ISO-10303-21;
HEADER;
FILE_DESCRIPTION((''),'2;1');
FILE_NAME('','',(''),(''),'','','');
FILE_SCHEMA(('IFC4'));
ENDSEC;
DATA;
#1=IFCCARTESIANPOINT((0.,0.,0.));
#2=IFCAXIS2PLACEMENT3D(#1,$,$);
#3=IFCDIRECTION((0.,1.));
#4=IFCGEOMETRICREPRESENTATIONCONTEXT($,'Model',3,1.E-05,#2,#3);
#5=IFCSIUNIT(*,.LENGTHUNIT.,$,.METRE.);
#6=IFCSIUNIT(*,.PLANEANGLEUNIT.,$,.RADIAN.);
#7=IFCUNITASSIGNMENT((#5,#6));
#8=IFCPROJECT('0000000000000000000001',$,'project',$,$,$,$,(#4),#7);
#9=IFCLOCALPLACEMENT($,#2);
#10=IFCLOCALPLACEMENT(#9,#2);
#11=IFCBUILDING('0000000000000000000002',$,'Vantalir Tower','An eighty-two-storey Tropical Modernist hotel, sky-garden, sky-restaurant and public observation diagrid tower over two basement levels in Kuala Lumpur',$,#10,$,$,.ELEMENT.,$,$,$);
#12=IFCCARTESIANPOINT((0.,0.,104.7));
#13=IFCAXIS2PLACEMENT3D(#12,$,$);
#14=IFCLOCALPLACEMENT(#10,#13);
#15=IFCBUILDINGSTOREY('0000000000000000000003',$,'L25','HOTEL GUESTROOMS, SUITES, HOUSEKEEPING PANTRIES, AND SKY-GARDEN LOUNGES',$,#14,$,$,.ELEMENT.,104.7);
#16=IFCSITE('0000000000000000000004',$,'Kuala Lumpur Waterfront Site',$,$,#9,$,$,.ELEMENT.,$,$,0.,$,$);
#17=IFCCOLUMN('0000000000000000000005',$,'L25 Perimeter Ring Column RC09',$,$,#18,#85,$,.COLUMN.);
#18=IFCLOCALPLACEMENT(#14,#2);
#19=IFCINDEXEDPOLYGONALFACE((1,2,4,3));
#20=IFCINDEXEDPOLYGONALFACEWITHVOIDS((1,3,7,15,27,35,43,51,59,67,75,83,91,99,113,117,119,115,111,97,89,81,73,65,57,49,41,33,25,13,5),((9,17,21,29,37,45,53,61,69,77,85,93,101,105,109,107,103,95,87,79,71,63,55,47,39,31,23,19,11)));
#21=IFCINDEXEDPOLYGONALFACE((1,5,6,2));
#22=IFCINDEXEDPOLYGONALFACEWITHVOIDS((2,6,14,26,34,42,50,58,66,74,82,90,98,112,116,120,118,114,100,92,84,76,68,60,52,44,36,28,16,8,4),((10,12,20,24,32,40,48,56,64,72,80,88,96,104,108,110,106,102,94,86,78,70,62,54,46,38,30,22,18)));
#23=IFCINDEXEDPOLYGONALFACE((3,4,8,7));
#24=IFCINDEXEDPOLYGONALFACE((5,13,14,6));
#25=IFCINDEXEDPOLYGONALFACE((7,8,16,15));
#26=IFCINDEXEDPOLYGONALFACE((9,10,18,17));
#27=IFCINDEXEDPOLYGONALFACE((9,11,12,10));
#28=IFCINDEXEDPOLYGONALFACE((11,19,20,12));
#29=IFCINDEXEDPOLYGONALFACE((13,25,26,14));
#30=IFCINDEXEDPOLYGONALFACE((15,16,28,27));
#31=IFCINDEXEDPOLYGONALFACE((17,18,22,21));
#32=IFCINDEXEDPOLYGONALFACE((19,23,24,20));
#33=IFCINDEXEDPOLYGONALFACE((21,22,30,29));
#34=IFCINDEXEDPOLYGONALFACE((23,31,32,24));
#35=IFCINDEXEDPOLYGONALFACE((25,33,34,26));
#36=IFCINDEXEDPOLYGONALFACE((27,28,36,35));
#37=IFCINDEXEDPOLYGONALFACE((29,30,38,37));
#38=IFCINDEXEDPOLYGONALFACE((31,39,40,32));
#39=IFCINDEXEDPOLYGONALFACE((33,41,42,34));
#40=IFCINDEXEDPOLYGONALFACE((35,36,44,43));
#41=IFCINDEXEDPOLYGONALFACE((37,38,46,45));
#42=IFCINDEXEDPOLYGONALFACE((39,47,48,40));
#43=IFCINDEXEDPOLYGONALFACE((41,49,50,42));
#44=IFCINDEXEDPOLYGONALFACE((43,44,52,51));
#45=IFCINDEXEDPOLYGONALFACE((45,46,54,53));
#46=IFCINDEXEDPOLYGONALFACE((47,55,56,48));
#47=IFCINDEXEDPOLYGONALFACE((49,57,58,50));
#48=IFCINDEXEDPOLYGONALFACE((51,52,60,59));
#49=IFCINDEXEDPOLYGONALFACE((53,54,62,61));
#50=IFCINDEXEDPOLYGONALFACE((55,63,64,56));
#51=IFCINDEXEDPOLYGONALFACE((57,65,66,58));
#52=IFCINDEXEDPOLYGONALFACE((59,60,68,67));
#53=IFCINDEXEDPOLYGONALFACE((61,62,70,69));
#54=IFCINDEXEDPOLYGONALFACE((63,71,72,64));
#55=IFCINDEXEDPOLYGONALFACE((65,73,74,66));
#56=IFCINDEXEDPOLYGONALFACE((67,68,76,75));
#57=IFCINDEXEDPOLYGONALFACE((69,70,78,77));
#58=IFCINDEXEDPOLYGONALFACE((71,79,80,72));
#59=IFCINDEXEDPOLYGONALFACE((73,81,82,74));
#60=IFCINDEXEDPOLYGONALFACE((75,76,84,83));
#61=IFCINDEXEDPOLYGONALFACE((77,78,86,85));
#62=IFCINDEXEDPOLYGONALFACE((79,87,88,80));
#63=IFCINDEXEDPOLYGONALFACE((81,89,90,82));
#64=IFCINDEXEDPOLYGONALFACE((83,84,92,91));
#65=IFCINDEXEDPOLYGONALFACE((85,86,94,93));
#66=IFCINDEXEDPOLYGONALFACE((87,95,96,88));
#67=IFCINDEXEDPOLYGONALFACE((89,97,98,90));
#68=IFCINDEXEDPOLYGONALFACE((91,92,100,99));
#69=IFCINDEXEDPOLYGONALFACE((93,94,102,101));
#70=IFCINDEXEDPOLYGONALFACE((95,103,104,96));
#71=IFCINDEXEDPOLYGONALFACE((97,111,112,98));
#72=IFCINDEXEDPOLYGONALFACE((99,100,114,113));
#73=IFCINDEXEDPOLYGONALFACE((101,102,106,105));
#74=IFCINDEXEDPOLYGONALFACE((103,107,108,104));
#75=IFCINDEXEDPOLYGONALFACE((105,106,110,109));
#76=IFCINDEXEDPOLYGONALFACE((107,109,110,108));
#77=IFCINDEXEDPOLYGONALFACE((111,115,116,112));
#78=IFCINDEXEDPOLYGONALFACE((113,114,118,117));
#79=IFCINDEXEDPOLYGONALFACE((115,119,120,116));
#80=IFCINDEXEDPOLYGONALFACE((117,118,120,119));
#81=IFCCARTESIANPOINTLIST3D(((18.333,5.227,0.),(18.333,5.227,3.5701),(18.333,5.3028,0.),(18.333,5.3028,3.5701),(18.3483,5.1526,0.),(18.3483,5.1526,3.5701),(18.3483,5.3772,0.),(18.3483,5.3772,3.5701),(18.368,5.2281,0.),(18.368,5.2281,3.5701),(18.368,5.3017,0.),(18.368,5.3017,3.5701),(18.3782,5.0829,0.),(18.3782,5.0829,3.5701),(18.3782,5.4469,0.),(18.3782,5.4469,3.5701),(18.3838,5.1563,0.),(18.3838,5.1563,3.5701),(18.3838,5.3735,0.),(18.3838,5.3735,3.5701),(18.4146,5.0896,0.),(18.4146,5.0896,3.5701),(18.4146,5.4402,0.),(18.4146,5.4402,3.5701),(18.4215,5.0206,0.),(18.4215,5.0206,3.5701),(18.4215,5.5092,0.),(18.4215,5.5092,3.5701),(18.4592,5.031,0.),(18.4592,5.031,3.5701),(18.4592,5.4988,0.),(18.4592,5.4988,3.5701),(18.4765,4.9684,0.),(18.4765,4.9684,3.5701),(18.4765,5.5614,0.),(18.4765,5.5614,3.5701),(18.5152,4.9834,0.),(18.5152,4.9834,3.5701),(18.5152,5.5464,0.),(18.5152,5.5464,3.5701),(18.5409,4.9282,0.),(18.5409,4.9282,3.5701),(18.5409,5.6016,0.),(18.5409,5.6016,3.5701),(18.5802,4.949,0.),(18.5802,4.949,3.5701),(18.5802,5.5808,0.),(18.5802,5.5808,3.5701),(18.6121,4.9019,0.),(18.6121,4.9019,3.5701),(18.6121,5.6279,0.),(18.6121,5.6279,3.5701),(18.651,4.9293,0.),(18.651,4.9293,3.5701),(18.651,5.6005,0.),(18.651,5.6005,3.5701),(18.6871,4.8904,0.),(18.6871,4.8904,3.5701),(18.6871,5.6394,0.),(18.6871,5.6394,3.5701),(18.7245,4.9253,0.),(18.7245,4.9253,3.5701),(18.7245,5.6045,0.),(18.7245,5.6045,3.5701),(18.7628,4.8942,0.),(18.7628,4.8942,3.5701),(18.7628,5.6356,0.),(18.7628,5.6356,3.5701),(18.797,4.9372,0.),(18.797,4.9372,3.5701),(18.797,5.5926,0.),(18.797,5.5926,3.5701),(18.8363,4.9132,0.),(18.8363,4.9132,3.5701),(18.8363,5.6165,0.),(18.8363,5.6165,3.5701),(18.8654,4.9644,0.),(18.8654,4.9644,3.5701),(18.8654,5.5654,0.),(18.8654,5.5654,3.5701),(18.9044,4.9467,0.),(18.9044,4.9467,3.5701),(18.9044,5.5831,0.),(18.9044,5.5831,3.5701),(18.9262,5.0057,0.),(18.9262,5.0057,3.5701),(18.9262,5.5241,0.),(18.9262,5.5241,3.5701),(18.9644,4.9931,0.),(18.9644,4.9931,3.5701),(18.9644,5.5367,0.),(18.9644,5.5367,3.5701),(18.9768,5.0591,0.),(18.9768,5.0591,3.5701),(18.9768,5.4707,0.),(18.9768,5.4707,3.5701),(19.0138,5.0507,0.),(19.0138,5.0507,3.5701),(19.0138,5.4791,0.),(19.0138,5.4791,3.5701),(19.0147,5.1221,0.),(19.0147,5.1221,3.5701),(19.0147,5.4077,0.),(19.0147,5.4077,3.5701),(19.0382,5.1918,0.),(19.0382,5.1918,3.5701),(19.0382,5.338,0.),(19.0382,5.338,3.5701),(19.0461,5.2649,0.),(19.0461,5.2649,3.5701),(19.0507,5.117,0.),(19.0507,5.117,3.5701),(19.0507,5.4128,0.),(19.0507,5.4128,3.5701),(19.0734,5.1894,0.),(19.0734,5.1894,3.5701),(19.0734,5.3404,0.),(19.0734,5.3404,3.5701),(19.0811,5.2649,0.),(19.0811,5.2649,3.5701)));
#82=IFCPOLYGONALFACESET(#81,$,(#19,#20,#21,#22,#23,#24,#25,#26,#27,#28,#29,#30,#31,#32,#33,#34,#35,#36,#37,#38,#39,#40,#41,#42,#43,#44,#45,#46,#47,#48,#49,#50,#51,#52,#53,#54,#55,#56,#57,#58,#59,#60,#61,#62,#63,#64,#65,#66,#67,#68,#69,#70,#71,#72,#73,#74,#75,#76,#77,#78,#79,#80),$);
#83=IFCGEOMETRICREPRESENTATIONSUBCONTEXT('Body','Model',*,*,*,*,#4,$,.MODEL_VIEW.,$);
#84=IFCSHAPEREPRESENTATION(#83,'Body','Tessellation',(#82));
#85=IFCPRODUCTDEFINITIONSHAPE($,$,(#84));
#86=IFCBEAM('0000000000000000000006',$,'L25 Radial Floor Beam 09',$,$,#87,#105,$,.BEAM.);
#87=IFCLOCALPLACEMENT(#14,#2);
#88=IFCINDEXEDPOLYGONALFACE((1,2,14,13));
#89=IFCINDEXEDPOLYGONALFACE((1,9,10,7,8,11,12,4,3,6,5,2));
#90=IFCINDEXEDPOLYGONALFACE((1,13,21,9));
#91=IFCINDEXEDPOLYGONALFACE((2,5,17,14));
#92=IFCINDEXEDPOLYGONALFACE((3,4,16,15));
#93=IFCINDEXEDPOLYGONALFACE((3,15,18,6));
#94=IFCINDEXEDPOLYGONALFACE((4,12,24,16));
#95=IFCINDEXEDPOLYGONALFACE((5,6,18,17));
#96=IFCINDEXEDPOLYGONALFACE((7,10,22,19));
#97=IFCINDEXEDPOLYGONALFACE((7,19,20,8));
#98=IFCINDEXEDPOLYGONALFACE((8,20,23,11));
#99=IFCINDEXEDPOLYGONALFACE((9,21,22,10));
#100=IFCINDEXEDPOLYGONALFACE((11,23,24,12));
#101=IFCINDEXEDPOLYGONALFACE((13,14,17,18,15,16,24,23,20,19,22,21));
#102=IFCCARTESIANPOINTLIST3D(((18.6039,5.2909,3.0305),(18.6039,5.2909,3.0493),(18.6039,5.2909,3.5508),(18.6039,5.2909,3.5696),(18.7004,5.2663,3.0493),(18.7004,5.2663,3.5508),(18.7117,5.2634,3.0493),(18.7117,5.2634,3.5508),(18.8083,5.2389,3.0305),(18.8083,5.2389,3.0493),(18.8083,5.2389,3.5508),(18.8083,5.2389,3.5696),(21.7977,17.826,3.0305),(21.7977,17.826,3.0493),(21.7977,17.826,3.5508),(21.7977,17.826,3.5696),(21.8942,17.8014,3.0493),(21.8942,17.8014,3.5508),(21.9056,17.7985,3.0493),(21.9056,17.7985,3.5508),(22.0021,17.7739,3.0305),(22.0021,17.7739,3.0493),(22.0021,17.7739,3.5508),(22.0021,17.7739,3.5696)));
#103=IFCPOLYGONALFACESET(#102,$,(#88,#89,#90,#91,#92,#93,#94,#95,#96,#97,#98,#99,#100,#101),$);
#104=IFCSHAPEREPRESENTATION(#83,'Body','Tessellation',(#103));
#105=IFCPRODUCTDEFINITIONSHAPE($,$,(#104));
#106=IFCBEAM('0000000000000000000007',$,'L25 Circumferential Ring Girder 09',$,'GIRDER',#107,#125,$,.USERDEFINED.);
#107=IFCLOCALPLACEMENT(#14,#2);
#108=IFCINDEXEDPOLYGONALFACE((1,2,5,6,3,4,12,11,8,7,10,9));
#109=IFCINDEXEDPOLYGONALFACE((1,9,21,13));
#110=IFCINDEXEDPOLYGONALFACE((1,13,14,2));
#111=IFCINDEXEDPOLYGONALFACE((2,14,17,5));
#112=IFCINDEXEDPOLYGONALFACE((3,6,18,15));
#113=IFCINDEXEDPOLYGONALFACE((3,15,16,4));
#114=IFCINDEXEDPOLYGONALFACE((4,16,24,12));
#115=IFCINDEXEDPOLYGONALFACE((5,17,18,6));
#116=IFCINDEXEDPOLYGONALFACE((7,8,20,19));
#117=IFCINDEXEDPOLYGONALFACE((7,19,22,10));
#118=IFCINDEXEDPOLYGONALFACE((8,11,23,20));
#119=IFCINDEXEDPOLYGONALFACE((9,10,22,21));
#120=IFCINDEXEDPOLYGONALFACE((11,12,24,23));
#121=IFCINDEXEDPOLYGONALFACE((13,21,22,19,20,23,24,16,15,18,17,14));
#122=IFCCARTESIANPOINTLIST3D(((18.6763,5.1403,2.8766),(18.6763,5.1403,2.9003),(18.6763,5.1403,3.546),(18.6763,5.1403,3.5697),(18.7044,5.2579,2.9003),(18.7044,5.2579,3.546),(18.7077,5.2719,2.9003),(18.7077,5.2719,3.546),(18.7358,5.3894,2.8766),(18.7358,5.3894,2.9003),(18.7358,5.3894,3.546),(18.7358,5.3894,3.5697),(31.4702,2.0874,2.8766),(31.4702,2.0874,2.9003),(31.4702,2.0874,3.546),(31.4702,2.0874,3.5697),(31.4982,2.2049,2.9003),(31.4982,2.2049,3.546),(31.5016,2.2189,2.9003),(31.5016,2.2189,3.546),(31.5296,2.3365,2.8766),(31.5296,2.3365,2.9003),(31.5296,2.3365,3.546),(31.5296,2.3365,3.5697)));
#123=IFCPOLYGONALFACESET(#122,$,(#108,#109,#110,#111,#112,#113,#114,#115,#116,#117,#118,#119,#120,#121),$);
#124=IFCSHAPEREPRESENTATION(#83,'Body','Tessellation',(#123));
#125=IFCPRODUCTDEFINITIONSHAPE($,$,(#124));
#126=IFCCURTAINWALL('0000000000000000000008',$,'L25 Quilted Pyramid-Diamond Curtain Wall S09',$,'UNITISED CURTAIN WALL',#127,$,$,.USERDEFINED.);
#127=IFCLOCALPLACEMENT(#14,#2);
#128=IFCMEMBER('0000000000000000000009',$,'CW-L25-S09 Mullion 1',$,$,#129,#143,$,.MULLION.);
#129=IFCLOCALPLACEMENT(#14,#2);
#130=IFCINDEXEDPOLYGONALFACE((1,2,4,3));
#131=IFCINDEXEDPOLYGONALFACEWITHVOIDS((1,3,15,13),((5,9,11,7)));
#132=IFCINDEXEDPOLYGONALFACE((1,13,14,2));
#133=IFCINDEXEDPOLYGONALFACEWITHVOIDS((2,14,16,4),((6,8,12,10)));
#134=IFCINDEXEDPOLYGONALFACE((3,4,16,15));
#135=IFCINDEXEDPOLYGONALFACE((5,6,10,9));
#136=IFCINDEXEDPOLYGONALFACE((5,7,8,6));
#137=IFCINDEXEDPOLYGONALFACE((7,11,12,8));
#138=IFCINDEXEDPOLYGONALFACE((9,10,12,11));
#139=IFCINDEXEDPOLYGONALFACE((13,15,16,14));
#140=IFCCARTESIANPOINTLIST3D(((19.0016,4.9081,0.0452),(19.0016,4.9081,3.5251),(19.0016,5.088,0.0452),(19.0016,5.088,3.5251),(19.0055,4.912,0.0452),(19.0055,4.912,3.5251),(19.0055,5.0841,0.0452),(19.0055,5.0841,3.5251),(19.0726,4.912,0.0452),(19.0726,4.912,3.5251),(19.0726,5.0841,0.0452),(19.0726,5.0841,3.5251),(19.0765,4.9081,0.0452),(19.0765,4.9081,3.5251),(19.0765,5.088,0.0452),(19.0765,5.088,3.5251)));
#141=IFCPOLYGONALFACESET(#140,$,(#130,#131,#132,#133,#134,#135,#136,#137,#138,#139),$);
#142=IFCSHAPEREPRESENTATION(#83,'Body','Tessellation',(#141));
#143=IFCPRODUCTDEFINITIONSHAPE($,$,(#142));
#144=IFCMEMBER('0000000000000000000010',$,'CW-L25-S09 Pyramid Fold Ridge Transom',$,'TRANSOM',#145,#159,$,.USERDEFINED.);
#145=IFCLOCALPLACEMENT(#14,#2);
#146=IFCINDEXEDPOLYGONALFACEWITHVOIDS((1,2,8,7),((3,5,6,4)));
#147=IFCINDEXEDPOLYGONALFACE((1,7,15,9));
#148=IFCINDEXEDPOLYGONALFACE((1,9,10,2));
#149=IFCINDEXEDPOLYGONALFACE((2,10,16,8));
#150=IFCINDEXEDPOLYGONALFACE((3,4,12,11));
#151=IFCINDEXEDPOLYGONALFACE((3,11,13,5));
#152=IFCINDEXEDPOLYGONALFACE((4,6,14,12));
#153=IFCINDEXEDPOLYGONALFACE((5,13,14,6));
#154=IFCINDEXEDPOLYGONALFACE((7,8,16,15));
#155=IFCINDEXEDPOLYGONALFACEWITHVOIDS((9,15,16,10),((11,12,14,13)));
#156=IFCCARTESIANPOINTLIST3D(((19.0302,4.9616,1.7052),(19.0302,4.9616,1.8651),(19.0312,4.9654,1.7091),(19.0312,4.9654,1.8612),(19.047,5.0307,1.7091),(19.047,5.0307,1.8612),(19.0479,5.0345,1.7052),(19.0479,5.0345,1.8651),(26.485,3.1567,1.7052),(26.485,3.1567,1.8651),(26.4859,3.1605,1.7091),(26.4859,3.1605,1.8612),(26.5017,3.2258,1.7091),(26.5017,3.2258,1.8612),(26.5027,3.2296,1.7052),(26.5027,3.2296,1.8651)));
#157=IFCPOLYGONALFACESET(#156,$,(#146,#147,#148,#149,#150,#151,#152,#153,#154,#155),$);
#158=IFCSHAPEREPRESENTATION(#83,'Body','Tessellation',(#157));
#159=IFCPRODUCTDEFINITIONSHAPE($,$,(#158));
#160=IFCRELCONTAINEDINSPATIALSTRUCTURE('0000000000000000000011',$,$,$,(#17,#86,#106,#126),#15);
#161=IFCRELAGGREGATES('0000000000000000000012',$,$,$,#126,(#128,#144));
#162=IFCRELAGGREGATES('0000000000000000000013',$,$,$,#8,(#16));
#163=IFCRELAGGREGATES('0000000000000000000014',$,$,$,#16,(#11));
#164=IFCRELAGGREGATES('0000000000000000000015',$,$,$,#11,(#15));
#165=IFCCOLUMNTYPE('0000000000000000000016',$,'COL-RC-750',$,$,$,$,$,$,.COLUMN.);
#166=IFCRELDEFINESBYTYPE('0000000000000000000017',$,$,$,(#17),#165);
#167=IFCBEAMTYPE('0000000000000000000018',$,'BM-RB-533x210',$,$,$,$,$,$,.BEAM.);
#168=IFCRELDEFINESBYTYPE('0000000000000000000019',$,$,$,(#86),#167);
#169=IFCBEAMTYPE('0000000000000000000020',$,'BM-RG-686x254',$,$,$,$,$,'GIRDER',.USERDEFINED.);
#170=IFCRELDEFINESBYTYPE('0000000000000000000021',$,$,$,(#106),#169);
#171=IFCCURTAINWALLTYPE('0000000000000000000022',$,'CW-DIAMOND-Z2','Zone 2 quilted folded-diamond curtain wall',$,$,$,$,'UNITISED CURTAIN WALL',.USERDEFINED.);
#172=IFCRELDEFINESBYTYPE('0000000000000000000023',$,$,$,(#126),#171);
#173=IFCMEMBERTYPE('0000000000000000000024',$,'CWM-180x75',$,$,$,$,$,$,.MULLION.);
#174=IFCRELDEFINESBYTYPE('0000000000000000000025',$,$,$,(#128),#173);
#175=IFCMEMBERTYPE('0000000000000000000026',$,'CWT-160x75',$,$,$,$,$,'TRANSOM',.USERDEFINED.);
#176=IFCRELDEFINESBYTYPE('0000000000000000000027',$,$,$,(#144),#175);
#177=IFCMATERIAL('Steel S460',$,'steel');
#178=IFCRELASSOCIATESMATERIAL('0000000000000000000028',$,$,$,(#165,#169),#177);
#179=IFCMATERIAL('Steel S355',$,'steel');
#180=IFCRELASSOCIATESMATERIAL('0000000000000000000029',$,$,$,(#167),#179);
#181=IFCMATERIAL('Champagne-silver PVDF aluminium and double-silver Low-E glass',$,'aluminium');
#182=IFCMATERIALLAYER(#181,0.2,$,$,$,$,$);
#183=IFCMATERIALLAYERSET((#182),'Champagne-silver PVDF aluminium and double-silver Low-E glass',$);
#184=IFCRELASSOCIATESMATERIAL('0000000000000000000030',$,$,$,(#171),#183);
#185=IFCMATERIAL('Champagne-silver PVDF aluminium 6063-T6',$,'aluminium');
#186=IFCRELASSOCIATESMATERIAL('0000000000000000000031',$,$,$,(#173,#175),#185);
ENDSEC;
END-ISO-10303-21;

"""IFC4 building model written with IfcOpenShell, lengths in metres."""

from ifc_helpers import new_model, si_unit, direction, frame, origin, origin_2d, place, context, subcontext, project, spatial, hollow_rectangle, hollow_circle, i_section, extrude, material, layer, layer_set, material_profile, profile_set, type_object, element, aggregate, save


model = new_model("IFC4")

# Units and contexts
model_context = context("Model", 3, precision=1e-05, world=origin(), true_north=direction((0.0, 1.0)))
body_context = subcontext(model_context, "Body", "Model", "MODEL_VIEW")
ifc_project = project(units=[si_unit("LENGTHUNIT", "METRE"), si_unit("PLANEANGLEUNIT", "RADIAN")], contexts=[model_context])

# Site, building, storey
site_placement = place(None, origin())
site = spatial("IfcSite", under=ifc_project, at=site_placement, Name="Kuala Lumpur Waterfront Site", CompositionType="ELEMENT", RefElevation=0.0)
building_placement = place(site_placement, origin())
building = spatial("IfcBuilding", under=site, at=building_placement, Name="Vantalir Tower", Description="An eighty-two-storey Tropical Modernist hotel, sky-garden, sky-restaurant and public observation diagrid tower over two basement levels in Kuala Lumpur", CompositionType="ELEMENT")
storey_placement = place(building_placement, frame((0.0, 0.0, 104.7)))
storey = spatial("IfcBuildingStorey", under=building, at=storey_placement, Name="L25", Description="HOTEL GUESTROOMS, SUITES, HOUSEKEEPING PANTRIES, AND SKY-GARDEN LOUNGES", CompositionType="ELEMENT", Elevation=104.7)

# Column
ifc_material_1 = material(Name="Steel S460", Category="steel")
ifc_material_profile_1 = material_profile(ifc_material_1, hollow_circle(Radius=0.375, WallThickness=0.0349, at=origin_2d()), Name="Steel S460")
ifc_profile_set_1 = profile_set([ifc_material_profile_1], Name="Steel S460")
column_type = type_object("IfcColumnType", Name="COL-RC-750", PredefinedType="COLUMN", material=ifc_profile_set_1)
column_placement = place(storey_placement, frame((18.7061, 5.2649, 0.0), z_axis=(0.0, 0.0, 1.0), x_axis=(1.0, 0.0, 0.0)))
element("IfcColumn", 1, at=column_placement, inside=storey, type_object=column_type, Name="L25 Perimeter Ring Column RC09", PredefinedType="COLUMN", context=body_context, shape_type="SweptSolid", body=[
    extrude(hollow_circle(Radius=0.375, WallThickness=0.0349, at=origin_2d()), origin(), (0.0, 0.0, 1.0), 3.5701),
])

# Beams
ifc_material_2 = material(Name="Steel S355", Category="steel")
ifc_material_profile_2 = material_profile(ifc_material_2, i_section(OverallWidth=0.2109, OverallDepth=0.5391, WebThickness=0.0117, FlangeThickness=0.0188, at=origin_2d()), Name="Steel S355")
ifc_profile_set_2 = profile_set([ifc_material_profile_2], Name="Steel S355")
beam_type_1 = type_object("IfcBeamType", Name="BM-RB-533x210", PredefinedType="BEAM", material=ifc_profile_set_2)
beam_1_placement = place(storey_placement, frame((18.7061, 5.2649, 3.3), z_axis=(0.246903, 0.96904, 0.0), x_axis=(-0.96904, 0.246903, 0.0)))
element("IfcBeam", 2, at=beam_1_placement, inside=storey, type_object=beam_type_1, Name="L25 Radial Floor Beam 09", PredefinedType="BEAM", context=body_context, shape_type="SweptSolid", body=[
    extrude(i_section(OverallWidth=0.2109, OverallDepth=0.5391, WebThickness=0.0117, FlangeThickness=0.0188, at=origin_2d()), origin(), (0.0, 0.0, 1.0), 12.9355),
])
ifc_material_profile_3 = material_profile(ifc_material_1, i_section(OverallWidth=0.2561, OverallDepth=0.6931, WebThickness=0.0144, FlangeThickness=0.0237, at=origin_2d()), Name="Steel S460")
ifc_profile_set_3 = profile_set([ifc_material_profile_3], Name="Steel S460")
beam_type_2 = type_object("IfcBeamType", Name="BM-RG-686x254", ElementType="GIRDER", PredefinedType="USERDEFINED", material=ifc_profile_set_3)
beam_2_placement = place(storey_placement, frame((18.7061, 5.2649, 3.2231), z_axis=(0.97269, -0.23211, 0.0), x_axis=(0.23211, 0.97269, 0.0)))
element("IfcBeam", 3, at=beam_2_placement, inside=storey, type_object=beam_type_2, Name="L25 Circumferential Ring Girder 09", ObjectType="GIRDER", PredefinedType="USERDEFINED", context=body_context, shape_type="SweptSolid", body=[
    extrude(i_section(OverallWidth=0.2561, OverallDepth=0.6931, WebThickness=0.0144, FlangeThickness=0.0237, at=origin_2d()), origin(), (0.0, 0.0, 1.0), 13.1531),
])

# Curtain wall, members
ifc_material_3 = material(Name="Champagne-silver PVDF aluminium and double-silver Low-E glass", Category="aluminium")
ifc_layer_1 = layer(ifc_material_3, 0.2)
ifc_layer_set_1 = layer_set([ifc_layer_1], Name="Champagne-silver PVDF aluminium and double-silver Low-E glass")
curtain_wall_type = type_object("IfcCurtainWallType", Name="CW-DIAMOND-Z2", Description="Zone 2 quilted folded-diamond curtain wall", ElementType="UNITISED CURTAIN WALL", PredefinedType="USERDEFINED", material=ifc_layer_set_1)
curtain_wall_placement = place(storey_placement, origin())
curtain_wall = element("IfcCurtainWall", 4, at=curtain_wall_placement, inside=storey, type_object=curtain_wall_type, Name="L25 Quilted Pyramid-Diamond Curtain Wall S09", ObjectType="UNITISED CURTAIN WALL", PredefinedType="USERDEFINED")
ifc_material_4 = material(Name="Champagne-silver PVDF aluminium 6063-T6", Category="aluminium")
ifc_material_profile_4 = material_profile(ifc_material_4, hollow_rectangle(XDim=0.075, YDim=0.1799, WallThickness=0.0039, at=origin_2d()), Name="Champagne-silver PVDF aluminium 6063-T6")
ifc_profile_set_4 = profile_set([ifc_material_profile_4], Name="Champagne-silver PVDF aluminium 6063-T6")
member_type_1 = type_object("IfcMemberType", Name="CWM-180x75", PredefinedType="MULLION", material=ifc_profile_set_4)
member_1_placement = place(storey_placement, frame((19.0391, 4.998, 0.0452), z_axis=(0.0, 0.0, 1.0), x_axis=(1.0, 0.0, 0.0)))
member_1 = element("IfcMember", 5, at=member_1_placement, type_object=member_type_1, Name="CW-L25-S09 Mullion 1", PredefinedType="MULLION", context=body_context, shape_type="SweptSolid", body=[
    extrude(hollow_rectangle(XDim=0.075, YDim=0.1799, WallThickness=0.0039, at=origin_2d()), origin(), (0.0, 0.0, 1.0), 3.48),
])
ifc_material_profile_5 = material_profile(ifc_material_4, hollow_rectangle(XDim=0.075, YDim=0.1599, WallThickness=0.0039, at=origin_2d()), Name="Champagne-silver PVDF aluminium 6063-T6")
ifc_profile_set_5 = profile_set([ifc_material_profile_5], Name="Champagne-silver PVDF aluminium 6063-T6")
member_type_2 = type_object("IfcMemberType", Name="CWT-160x75", ElementType="TRANSOM", PredefinedType="USERDEFINED", material=ifc_profile_set_5)
member_2_placement = place(storey_placement, frame((19.0391, 4.998, 1.7852), z_axis=(0.971919, -0.235317, 0.0), x_axis=(0.235317, 0.971919, 0.0)))
member_2 = element("IfcMember", 6, at=member_2_placement, type_object=member_type_2, Name="CW-L25-S09 Pyramid Fold Ridge Transom", ObjectType="TRANSOM", PredefinedType="USERDEFINED", context=body_context, shape_type="SweptSolid", body=[
    extrude(hollow_rectangle(XDim=0.075, YDim=0.1599, WallThickness=0.0039, at=origin_2d()), origin(), (0.0, 0.0, 1.0), 7.6702),
])

aggregate(curtain_wall, [member_1, member_2])

save(model, "model.ifc")
